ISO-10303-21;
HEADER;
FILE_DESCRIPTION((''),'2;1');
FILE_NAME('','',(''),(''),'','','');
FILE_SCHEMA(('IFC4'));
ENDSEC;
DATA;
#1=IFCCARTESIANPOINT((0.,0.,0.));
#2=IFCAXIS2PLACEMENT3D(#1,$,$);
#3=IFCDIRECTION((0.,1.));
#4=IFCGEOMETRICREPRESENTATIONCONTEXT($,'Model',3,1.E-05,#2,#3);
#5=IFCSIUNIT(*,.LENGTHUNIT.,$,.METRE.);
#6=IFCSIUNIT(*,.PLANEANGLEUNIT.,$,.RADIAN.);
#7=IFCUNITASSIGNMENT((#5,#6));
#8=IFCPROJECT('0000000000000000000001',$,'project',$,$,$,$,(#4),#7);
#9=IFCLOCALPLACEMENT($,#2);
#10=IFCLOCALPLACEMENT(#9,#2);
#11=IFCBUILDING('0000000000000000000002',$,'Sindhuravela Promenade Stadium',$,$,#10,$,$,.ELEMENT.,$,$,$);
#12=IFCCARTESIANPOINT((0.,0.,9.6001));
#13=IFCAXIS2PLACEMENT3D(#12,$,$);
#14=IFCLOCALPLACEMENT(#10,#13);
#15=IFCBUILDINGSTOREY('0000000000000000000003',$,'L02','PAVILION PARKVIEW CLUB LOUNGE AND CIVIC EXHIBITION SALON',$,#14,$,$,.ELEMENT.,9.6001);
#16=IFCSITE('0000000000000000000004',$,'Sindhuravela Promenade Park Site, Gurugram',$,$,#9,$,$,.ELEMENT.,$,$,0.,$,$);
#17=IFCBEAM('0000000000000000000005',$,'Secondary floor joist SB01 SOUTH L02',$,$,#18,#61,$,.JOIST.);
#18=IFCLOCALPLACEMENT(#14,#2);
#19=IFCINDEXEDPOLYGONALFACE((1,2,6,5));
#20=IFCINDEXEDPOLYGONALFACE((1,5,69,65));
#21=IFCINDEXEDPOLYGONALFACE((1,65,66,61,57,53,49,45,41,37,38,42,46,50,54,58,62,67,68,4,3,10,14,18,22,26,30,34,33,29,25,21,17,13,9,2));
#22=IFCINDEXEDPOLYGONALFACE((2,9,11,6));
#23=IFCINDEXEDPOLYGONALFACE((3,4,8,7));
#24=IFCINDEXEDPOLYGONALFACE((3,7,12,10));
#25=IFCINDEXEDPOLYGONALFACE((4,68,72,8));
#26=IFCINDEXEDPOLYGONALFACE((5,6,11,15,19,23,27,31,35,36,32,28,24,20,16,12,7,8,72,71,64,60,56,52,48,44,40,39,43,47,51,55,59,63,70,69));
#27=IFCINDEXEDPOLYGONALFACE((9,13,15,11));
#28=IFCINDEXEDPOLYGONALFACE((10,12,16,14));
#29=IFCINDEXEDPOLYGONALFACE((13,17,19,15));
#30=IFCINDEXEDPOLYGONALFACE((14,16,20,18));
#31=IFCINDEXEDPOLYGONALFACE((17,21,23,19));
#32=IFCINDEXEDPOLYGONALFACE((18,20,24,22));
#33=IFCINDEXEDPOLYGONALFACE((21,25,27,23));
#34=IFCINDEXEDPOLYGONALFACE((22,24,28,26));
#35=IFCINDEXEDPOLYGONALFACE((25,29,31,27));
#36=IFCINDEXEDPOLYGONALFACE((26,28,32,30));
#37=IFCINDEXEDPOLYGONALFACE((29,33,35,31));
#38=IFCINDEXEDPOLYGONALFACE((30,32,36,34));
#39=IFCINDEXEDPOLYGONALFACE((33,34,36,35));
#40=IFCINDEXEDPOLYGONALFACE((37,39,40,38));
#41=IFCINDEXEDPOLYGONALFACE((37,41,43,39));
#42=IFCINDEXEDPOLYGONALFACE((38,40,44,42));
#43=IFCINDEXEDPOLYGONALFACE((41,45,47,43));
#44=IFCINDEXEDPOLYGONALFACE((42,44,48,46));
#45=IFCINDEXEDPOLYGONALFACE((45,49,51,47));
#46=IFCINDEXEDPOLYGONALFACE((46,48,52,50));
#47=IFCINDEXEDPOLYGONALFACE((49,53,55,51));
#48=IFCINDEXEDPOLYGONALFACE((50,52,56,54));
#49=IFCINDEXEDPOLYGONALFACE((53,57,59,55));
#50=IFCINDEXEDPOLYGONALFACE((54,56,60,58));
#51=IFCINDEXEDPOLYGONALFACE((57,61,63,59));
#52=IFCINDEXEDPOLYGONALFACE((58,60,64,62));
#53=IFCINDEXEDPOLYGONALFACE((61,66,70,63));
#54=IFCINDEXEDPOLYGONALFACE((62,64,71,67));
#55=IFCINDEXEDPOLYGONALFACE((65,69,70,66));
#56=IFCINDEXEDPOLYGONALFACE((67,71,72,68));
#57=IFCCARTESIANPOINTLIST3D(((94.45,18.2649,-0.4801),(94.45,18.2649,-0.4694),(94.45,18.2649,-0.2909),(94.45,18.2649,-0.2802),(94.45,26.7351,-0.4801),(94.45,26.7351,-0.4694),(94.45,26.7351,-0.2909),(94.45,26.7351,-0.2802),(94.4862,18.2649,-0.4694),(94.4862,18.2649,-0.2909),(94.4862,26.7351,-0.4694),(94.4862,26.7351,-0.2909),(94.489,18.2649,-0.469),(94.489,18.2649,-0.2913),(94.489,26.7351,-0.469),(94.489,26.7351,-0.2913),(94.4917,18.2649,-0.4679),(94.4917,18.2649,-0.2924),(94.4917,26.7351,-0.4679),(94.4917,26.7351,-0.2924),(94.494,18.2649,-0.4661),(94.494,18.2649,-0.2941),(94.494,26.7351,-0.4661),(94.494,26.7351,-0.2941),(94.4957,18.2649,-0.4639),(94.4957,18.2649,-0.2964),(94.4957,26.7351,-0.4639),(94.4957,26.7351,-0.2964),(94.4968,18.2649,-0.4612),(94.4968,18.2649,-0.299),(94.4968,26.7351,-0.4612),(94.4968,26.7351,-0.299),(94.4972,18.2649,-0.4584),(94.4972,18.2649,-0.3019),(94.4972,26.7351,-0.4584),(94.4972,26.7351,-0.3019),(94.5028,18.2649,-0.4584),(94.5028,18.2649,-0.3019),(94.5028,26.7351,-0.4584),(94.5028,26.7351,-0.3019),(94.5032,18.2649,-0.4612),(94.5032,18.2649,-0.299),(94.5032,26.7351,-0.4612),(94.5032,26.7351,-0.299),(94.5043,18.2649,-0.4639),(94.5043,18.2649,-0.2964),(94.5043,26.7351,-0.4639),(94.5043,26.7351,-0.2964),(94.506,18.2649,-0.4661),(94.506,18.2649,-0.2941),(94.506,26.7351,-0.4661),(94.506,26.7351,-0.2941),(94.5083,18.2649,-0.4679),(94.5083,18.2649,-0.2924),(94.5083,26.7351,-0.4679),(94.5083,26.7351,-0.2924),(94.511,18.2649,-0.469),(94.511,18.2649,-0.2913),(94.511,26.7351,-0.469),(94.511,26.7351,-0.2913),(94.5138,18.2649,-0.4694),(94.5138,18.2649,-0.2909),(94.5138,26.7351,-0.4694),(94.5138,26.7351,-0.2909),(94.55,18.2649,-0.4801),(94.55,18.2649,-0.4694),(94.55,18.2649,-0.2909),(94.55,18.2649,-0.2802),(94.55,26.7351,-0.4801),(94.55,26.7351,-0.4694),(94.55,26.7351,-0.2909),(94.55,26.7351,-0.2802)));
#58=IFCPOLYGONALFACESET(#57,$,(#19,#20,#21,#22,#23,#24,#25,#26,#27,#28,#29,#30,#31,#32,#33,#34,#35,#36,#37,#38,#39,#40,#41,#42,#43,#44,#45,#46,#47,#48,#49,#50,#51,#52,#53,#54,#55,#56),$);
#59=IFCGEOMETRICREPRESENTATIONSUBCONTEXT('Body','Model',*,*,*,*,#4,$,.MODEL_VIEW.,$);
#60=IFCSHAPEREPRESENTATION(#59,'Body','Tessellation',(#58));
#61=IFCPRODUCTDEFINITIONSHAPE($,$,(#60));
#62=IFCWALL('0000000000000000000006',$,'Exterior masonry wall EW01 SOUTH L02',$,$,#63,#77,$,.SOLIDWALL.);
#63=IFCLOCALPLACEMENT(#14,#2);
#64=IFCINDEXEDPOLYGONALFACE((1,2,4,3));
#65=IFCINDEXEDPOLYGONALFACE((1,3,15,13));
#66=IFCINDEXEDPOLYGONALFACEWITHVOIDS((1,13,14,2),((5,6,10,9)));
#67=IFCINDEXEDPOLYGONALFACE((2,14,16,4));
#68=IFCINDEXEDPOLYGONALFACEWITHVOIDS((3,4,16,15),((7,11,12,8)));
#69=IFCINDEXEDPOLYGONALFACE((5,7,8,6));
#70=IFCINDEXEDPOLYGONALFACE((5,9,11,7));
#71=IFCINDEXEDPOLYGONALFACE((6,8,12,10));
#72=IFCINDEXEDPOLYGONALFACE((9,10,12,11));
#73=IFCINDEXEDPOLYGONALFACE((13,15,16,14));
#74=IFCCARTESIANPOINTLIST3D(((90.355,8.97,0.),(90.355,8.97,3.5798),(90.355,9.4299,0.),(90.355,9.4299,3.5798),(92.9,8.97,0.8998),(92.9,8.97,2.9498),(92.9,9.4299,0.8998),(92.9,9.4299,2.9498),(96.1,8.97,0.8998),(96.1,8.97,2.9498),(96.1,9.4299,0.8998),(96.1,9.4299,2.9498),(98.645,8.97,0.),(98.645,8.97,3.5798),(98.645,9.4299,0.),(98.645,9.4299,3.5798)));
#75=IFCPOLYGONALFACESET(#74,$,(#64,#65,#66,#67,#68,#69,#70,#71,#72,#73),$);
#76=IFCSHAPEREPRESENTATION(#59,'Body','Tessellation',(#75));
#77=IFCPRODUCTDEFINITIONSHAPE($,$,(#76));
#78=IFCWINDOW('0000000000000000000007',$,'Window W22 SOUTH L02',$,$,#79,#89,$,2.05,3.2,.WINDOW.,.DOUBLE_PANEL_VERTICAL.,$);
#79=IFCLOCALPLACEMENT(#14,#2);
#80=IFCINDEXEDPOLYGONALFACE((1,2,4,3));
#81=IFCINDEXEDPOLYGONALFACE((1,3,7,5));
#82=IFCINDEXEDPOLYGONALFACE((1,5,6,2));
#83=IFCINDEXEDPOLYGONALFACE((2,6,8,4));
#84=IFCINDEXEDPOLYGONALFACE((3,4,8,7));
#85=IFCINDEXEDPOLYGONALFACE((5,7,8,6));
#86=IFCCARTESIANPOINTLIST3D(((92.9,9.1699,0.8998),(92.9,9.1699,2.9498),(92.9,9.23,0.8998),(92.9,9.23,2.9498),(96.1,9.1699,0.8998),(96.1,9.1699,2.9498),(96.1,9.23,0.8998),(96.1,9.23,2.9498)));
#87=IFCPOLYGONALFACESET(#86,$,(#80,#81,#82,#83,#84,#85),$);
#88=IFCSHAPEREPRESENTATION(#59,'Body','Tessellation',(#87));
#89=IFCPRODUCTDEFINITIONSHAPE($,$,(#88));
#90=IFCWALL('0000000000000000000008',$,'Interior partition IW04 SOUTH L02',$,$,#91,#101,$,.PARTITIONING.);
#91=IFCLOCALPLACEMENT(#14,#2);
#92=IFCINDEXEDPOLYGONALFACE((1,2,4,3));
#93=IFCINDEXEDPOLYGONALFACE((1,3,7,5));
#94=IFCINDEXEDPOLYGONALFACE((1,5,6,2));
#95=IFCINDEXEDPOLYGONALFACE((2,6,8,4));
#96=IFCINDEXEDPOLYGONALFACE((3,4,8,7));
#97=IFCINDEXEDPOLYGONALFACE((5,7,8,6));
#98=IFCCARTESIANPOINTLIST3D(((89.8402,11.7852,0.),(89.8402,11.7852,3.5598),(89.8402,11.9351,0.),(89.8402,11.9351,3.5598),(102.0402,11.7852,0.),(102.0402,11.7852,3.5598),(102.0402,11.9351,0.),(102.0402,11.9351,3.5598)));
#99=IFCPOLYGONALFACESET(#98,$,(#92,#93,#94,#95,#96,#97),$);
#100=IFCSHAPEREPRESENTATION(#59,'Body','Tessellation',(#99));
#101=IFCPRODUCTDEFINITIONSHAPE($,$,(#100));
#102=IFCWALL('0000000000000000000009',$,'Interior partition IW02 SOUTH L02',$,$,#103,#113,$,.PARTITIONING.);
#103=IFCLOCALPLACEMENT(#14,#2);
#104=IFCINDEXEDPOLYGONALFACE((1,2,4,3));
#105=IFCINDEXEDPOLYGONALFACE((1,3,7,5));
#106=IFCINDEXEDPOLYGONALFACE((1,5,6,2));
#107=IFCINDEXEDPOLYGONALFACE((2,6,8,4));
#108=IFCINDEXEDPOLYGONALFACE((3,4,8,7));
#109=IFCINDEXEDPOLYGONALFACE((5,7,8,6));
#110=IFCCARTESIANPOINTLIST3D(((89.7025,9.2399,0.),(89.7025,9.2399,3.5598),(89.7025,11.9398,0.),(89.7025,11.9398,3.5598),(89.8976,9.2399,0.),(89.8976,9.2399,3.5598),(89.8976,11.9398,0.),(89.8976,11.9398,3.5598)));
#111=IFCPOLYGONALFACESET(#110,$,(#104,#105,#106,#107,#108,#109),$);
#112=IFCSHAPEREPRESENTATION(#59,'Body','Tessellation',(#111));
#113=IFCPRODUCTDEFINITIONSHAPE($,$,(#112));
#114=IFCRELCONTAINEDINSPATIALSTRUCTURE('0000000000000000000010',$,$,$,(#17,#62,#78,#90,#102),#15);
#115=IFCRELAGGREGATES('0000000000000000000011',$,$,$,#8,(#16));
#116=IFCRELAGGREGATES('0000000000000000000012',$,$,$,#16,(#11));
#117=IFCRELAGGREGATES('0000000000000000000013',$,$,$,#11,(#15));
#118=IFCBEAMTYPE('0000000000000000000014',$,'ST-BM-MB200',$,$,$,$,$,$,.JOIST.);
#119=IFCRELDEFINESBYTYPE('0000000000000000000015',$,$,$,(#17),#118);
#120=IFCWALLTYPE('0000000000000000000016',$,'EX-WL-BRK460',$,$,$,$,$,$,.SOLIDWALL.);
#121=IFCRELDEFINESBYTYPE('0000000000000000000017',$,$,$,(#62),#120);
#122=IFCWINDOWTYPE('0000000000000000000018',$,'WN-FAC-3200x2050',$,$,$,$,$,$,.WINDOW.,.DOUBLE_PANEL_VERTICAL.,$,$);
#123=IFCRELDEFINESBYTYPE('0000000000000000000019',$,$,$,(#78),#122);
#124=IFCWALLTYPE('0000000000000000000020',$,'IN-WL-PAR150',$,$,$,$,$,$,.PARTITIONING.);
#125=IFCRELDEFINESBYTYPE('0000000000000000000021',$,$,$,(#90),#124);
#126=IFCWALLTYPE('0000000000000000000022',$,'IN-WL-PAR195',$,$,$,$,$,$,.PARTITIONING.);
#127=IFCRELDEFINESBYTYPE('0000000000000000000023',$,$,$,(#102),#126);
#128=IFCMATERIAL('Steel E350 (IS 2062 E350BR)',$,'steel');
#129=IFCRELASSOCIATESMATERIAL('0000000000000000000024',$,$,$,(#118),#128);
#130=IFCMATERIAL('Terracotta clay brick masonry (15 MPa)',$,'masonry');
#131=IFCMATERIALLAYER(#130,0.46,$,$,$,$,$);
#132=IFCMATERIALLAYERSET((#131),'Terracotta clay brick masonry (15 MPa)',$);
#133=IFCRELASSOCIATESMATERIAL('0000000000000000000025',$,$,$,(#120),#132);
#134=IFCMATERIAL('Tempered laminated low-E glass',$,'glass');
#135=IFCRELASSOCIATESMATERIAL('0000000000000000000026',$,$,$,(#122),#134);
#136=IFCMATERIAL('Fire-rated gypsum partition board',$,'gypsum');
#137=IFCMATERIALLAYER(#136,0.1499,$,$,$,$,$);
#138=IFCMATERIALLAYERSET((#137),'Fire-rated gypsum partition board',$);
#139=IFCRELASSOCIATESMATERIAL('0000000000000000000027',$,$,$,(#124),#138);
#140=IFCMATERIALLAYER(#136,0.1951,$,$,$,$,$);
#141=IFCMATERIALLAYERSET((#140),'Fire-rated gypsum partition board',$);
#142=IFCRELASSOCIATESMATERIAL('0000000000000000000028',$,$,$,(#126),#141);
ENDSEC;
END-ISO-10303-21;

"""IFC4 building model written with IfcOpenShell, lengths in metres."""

from ifc_helpers import new_model, si_unit, direction, frame, frame_2d, origin, origin_2d, place, context, subcontext, project, spatial, rectangle, i_section, extrude, material, layer, layer_set, material_profile, profile_set, type_object, element, fill, save


model = new_model("IFC4")

# Units and contexts
model_context = context("Model", 3, precision=1e-05, world=origin(), true_north=direction((0.0, 1.0)))
body_context = subcontext(model_context, "Body", "Model", "MODEL_VIEW")
ifc_project = project(units=[si_unit("LENGTHUNIT", "METRE"), si_unit("PLANEANGLEUNIT", "RADIAN")], contexts=[model_context])

# Site, building, storey
site_placement = place(None, origin())
site = spatial("IfcSite", under=ifc_project, at=site_placement, Name="Sindhuravela Promenade Park Site, Gurugram", CompositionType="ELEMENT", RefElevation=0.0)
building_placement = place(site_placement, origin())
building = spatial("IfcBuilding", under=site, at=building_placement, Name="Sindhuravela Promenade Stadium", CompositionType="ELEMENT")
storey_placement = place(building_placement, frame((0.0, 0.0, 9.6001)))
storey = spatial("IfcBuildingStorey", under=building, at=storey_placement, Name="L02", Description="PAVILION PARKVIEW CLUB LOUNGE AND CIVIC EXHIBITION SALON", CompositionType="ELEMENT", Elevation=9.6001)

# Beam
ifc_material_1 = material(Name="Steel E350 (IS 2062 E350BR)", Category="steel")
ifc_material_profile_1 = material_profile(ifc_material_1, i_section(OverallWidth=0.1001, OverallDepth=0.2, WebThickness=0.0056, FlangeThickness=0.0107, FilletRadius=0.011, at=origin_2d()), Name="ISMB 200")
ifc_profile_set_1 = profile_set([ifc_material_profile_1], Name="Steel E350 (IS 2062 E350BR)")
beam_type_1 = type_object("IfcBeamType", Name="ST-BM-MB200", PredefinedType="JOIST", material=ifc_profile_set_1)
beam_1_placement = place(storey_placement, frame((94.5, 18.2649, -0.3801), z_axis=(0.0, 1.0, 0.0), x_axis=(-1.0, 0.0, 0.0)))
element("IfcBeam", 1, at=beam_1_placement, inside=storey, type_object=beam_type_1, Name="Secondary floor joist SB01 SOUTH L02", PredefinedType="JOIST", context=body_context, shape_type="SweptSolid", body=[
    extrude(i_section(OverallWidth=0.1001, OverallDepth=0.2, WebThickness=0.0056, FlangeThickness=0.0107, FilletRadius=0.011, at=origin_2d()), origin(), (0.0, 0.0, 1.0), 8.4702),
])

# Wall, opening, window
ifc_material_2 = material(Name="Terracotta clay brick masonry (15 MPa)", Category="masonry")
ifc_layer_1 = layer(ifc_material_2, 0.46)
ifc_layer_set_1 = layer_set([ifc_layer_1], Name="Terracotta clay brick masonry (15 MPa)")
wall_type_1 = type_object("IfcWallType", Name="EX-WL-BRK460", PredefinedType="SOLIDWALL", material=ifc_layer_set_1)
wall_1_placement = place(storey_placement, frame((98.645, 9.2, 0.0), z_axis=(0.0, 0.0, 1.0), x_axis=(-1.0, 0.0, 0.0)))
wall_1 = element("IfcWall", 2, at=wall_1_placement, inside=storey, type_object=wall_type_1, Name="Exterior masonry wall EW01 SOUTH L02", PredefinedType="SOLIDWALL", context=body_context, shape_type="SweptSolid", body=[
    extrude(rectangle(XDim=8.29, YDim=0.46, at=frame_2d((4.145, 0.0))), origin(), (0.0, 0.0, 1.0), 3.5798),
])
opening_placement = place(wall_1_placement, frame((2.5449, 0.0, 0.8999)))
opening = element("IfcOpeningElement", 3, at=opening_placement, cuts=wall_1, PredefinedType="OPENING", context=body_context, shape_type="SweptSolid", body=[
    extrude(rectangle(XDim=3.2, YDim=2.05, at=frame_2d((1.6001, 1.0249))), frame((0.0, 0.24, 0.0), z_axis=(0.0, -1.0, 0.0), x_axis=(1.0, 0.0, 0.0)), (0.0, 0.0, 1.0), 0.48),
])
ifc_material_3 = material(Name="Tempered laminated low-E glass", Category="glass")
window_type = type_object("IfcWindowType", Name="WN-FAC-3200x2050", PartitioningType="DOUBLE_PANEL_VERTICAL", PredefinedType="WINDOW", material=ifc_material_3)
window_placement = place(opening_placement, origin())
window = element("IfcWindow", 4, at=window_placement, inside=storey, type_object=window_type, Name="Window W22 SOUTH L02", OverallHeight=2.05, OverallWidth=3.2, PartitioningType="DOUBLE_PANEL_VERTICAL", PredefinedType="WINDOW", context=body_context, shape_type="SweptSolid", body=[
    extrude(rectangle(XDim=3.2, YDim=2.05, at=frame_2d((1.6001, 1.0249))), frame((0.0, 0.03, 0.0), z_axis=(0.0, -1.0, 0.0), x_axis=(1.0, 0.0, 0.0)), (0.0, 0.0, 1.0), 0.0601),
])
fill(opening, window)

# Walls
ifc_material_4 = material(Name="Fire-rated gypsum partition board", Category="gypsum")
ifc_layer_2 = layer(ifc_material_4, 0.1499)
ifc_layer_set_2 = layer_set([ifc_layer_2], Name="Fire-rated gypsum partition board")
wall_type_2 = type_object("IfcWallType", Name="IN-WL-PAR150", PredefinedType="PARTITIONING", material=ifc_layer_set_2)
wall_2_placement = place(storey_placement, frame((89.8401, 11.8601, 0.0), z_axis=(0.0, 0.0, 1.0), x_axis=(1.0, 0.0, 0.0)))
element("IfcWall", 5, at=wall_2_placement, inside=storey, type_object=wall_type_2, Name="Interior partition IW04 SOUTH L02", PredefinedType="PARTITIONING", context=body_context, shape_type="SweptSolid", body=[
    extrude(rectangle(XDim=12.2, YDim=0.1499, at=frame_2d((6.1001, 0.0))), origin(), (0.0, 0.0, 1.0), 3.5598),
])
ifc_layer_3 = layer(ifc_material_4, 0.1951)
ifc_layer_set_3 = layer_set([ifc_layer_3], Name="Fire-rated gypsum partition board")
wall_type_3 = type_object("IfcWallType", Name="IN-WL-PAR195", PredefinedType="PARTITIONING", material=ifc_layer_set_3)
wall_3_placement = place(storey_placement, frame((89.8, 11.9399, 0.0), z_axis=(0.0, 0.0, 1.0), x_axis=(0.0, -1.0, 0.0)))
element("IfcWall", 6, at=wall_3_placement, inside=storey, type_object=wall_type_3, Name="Interior partition IW02 SOUTH L02", PredefinedType="PARTITIONING", context=body_context, shape_type="SweptSolid", body=[
    extrude(rectangle(XDim=2.7, YDim=0.1951, at=frame_2d((1.3501, 0.0))), origin(), (0.0, 0.0, 1.0), 3.5598),
])

save(model, "model.ifc")
